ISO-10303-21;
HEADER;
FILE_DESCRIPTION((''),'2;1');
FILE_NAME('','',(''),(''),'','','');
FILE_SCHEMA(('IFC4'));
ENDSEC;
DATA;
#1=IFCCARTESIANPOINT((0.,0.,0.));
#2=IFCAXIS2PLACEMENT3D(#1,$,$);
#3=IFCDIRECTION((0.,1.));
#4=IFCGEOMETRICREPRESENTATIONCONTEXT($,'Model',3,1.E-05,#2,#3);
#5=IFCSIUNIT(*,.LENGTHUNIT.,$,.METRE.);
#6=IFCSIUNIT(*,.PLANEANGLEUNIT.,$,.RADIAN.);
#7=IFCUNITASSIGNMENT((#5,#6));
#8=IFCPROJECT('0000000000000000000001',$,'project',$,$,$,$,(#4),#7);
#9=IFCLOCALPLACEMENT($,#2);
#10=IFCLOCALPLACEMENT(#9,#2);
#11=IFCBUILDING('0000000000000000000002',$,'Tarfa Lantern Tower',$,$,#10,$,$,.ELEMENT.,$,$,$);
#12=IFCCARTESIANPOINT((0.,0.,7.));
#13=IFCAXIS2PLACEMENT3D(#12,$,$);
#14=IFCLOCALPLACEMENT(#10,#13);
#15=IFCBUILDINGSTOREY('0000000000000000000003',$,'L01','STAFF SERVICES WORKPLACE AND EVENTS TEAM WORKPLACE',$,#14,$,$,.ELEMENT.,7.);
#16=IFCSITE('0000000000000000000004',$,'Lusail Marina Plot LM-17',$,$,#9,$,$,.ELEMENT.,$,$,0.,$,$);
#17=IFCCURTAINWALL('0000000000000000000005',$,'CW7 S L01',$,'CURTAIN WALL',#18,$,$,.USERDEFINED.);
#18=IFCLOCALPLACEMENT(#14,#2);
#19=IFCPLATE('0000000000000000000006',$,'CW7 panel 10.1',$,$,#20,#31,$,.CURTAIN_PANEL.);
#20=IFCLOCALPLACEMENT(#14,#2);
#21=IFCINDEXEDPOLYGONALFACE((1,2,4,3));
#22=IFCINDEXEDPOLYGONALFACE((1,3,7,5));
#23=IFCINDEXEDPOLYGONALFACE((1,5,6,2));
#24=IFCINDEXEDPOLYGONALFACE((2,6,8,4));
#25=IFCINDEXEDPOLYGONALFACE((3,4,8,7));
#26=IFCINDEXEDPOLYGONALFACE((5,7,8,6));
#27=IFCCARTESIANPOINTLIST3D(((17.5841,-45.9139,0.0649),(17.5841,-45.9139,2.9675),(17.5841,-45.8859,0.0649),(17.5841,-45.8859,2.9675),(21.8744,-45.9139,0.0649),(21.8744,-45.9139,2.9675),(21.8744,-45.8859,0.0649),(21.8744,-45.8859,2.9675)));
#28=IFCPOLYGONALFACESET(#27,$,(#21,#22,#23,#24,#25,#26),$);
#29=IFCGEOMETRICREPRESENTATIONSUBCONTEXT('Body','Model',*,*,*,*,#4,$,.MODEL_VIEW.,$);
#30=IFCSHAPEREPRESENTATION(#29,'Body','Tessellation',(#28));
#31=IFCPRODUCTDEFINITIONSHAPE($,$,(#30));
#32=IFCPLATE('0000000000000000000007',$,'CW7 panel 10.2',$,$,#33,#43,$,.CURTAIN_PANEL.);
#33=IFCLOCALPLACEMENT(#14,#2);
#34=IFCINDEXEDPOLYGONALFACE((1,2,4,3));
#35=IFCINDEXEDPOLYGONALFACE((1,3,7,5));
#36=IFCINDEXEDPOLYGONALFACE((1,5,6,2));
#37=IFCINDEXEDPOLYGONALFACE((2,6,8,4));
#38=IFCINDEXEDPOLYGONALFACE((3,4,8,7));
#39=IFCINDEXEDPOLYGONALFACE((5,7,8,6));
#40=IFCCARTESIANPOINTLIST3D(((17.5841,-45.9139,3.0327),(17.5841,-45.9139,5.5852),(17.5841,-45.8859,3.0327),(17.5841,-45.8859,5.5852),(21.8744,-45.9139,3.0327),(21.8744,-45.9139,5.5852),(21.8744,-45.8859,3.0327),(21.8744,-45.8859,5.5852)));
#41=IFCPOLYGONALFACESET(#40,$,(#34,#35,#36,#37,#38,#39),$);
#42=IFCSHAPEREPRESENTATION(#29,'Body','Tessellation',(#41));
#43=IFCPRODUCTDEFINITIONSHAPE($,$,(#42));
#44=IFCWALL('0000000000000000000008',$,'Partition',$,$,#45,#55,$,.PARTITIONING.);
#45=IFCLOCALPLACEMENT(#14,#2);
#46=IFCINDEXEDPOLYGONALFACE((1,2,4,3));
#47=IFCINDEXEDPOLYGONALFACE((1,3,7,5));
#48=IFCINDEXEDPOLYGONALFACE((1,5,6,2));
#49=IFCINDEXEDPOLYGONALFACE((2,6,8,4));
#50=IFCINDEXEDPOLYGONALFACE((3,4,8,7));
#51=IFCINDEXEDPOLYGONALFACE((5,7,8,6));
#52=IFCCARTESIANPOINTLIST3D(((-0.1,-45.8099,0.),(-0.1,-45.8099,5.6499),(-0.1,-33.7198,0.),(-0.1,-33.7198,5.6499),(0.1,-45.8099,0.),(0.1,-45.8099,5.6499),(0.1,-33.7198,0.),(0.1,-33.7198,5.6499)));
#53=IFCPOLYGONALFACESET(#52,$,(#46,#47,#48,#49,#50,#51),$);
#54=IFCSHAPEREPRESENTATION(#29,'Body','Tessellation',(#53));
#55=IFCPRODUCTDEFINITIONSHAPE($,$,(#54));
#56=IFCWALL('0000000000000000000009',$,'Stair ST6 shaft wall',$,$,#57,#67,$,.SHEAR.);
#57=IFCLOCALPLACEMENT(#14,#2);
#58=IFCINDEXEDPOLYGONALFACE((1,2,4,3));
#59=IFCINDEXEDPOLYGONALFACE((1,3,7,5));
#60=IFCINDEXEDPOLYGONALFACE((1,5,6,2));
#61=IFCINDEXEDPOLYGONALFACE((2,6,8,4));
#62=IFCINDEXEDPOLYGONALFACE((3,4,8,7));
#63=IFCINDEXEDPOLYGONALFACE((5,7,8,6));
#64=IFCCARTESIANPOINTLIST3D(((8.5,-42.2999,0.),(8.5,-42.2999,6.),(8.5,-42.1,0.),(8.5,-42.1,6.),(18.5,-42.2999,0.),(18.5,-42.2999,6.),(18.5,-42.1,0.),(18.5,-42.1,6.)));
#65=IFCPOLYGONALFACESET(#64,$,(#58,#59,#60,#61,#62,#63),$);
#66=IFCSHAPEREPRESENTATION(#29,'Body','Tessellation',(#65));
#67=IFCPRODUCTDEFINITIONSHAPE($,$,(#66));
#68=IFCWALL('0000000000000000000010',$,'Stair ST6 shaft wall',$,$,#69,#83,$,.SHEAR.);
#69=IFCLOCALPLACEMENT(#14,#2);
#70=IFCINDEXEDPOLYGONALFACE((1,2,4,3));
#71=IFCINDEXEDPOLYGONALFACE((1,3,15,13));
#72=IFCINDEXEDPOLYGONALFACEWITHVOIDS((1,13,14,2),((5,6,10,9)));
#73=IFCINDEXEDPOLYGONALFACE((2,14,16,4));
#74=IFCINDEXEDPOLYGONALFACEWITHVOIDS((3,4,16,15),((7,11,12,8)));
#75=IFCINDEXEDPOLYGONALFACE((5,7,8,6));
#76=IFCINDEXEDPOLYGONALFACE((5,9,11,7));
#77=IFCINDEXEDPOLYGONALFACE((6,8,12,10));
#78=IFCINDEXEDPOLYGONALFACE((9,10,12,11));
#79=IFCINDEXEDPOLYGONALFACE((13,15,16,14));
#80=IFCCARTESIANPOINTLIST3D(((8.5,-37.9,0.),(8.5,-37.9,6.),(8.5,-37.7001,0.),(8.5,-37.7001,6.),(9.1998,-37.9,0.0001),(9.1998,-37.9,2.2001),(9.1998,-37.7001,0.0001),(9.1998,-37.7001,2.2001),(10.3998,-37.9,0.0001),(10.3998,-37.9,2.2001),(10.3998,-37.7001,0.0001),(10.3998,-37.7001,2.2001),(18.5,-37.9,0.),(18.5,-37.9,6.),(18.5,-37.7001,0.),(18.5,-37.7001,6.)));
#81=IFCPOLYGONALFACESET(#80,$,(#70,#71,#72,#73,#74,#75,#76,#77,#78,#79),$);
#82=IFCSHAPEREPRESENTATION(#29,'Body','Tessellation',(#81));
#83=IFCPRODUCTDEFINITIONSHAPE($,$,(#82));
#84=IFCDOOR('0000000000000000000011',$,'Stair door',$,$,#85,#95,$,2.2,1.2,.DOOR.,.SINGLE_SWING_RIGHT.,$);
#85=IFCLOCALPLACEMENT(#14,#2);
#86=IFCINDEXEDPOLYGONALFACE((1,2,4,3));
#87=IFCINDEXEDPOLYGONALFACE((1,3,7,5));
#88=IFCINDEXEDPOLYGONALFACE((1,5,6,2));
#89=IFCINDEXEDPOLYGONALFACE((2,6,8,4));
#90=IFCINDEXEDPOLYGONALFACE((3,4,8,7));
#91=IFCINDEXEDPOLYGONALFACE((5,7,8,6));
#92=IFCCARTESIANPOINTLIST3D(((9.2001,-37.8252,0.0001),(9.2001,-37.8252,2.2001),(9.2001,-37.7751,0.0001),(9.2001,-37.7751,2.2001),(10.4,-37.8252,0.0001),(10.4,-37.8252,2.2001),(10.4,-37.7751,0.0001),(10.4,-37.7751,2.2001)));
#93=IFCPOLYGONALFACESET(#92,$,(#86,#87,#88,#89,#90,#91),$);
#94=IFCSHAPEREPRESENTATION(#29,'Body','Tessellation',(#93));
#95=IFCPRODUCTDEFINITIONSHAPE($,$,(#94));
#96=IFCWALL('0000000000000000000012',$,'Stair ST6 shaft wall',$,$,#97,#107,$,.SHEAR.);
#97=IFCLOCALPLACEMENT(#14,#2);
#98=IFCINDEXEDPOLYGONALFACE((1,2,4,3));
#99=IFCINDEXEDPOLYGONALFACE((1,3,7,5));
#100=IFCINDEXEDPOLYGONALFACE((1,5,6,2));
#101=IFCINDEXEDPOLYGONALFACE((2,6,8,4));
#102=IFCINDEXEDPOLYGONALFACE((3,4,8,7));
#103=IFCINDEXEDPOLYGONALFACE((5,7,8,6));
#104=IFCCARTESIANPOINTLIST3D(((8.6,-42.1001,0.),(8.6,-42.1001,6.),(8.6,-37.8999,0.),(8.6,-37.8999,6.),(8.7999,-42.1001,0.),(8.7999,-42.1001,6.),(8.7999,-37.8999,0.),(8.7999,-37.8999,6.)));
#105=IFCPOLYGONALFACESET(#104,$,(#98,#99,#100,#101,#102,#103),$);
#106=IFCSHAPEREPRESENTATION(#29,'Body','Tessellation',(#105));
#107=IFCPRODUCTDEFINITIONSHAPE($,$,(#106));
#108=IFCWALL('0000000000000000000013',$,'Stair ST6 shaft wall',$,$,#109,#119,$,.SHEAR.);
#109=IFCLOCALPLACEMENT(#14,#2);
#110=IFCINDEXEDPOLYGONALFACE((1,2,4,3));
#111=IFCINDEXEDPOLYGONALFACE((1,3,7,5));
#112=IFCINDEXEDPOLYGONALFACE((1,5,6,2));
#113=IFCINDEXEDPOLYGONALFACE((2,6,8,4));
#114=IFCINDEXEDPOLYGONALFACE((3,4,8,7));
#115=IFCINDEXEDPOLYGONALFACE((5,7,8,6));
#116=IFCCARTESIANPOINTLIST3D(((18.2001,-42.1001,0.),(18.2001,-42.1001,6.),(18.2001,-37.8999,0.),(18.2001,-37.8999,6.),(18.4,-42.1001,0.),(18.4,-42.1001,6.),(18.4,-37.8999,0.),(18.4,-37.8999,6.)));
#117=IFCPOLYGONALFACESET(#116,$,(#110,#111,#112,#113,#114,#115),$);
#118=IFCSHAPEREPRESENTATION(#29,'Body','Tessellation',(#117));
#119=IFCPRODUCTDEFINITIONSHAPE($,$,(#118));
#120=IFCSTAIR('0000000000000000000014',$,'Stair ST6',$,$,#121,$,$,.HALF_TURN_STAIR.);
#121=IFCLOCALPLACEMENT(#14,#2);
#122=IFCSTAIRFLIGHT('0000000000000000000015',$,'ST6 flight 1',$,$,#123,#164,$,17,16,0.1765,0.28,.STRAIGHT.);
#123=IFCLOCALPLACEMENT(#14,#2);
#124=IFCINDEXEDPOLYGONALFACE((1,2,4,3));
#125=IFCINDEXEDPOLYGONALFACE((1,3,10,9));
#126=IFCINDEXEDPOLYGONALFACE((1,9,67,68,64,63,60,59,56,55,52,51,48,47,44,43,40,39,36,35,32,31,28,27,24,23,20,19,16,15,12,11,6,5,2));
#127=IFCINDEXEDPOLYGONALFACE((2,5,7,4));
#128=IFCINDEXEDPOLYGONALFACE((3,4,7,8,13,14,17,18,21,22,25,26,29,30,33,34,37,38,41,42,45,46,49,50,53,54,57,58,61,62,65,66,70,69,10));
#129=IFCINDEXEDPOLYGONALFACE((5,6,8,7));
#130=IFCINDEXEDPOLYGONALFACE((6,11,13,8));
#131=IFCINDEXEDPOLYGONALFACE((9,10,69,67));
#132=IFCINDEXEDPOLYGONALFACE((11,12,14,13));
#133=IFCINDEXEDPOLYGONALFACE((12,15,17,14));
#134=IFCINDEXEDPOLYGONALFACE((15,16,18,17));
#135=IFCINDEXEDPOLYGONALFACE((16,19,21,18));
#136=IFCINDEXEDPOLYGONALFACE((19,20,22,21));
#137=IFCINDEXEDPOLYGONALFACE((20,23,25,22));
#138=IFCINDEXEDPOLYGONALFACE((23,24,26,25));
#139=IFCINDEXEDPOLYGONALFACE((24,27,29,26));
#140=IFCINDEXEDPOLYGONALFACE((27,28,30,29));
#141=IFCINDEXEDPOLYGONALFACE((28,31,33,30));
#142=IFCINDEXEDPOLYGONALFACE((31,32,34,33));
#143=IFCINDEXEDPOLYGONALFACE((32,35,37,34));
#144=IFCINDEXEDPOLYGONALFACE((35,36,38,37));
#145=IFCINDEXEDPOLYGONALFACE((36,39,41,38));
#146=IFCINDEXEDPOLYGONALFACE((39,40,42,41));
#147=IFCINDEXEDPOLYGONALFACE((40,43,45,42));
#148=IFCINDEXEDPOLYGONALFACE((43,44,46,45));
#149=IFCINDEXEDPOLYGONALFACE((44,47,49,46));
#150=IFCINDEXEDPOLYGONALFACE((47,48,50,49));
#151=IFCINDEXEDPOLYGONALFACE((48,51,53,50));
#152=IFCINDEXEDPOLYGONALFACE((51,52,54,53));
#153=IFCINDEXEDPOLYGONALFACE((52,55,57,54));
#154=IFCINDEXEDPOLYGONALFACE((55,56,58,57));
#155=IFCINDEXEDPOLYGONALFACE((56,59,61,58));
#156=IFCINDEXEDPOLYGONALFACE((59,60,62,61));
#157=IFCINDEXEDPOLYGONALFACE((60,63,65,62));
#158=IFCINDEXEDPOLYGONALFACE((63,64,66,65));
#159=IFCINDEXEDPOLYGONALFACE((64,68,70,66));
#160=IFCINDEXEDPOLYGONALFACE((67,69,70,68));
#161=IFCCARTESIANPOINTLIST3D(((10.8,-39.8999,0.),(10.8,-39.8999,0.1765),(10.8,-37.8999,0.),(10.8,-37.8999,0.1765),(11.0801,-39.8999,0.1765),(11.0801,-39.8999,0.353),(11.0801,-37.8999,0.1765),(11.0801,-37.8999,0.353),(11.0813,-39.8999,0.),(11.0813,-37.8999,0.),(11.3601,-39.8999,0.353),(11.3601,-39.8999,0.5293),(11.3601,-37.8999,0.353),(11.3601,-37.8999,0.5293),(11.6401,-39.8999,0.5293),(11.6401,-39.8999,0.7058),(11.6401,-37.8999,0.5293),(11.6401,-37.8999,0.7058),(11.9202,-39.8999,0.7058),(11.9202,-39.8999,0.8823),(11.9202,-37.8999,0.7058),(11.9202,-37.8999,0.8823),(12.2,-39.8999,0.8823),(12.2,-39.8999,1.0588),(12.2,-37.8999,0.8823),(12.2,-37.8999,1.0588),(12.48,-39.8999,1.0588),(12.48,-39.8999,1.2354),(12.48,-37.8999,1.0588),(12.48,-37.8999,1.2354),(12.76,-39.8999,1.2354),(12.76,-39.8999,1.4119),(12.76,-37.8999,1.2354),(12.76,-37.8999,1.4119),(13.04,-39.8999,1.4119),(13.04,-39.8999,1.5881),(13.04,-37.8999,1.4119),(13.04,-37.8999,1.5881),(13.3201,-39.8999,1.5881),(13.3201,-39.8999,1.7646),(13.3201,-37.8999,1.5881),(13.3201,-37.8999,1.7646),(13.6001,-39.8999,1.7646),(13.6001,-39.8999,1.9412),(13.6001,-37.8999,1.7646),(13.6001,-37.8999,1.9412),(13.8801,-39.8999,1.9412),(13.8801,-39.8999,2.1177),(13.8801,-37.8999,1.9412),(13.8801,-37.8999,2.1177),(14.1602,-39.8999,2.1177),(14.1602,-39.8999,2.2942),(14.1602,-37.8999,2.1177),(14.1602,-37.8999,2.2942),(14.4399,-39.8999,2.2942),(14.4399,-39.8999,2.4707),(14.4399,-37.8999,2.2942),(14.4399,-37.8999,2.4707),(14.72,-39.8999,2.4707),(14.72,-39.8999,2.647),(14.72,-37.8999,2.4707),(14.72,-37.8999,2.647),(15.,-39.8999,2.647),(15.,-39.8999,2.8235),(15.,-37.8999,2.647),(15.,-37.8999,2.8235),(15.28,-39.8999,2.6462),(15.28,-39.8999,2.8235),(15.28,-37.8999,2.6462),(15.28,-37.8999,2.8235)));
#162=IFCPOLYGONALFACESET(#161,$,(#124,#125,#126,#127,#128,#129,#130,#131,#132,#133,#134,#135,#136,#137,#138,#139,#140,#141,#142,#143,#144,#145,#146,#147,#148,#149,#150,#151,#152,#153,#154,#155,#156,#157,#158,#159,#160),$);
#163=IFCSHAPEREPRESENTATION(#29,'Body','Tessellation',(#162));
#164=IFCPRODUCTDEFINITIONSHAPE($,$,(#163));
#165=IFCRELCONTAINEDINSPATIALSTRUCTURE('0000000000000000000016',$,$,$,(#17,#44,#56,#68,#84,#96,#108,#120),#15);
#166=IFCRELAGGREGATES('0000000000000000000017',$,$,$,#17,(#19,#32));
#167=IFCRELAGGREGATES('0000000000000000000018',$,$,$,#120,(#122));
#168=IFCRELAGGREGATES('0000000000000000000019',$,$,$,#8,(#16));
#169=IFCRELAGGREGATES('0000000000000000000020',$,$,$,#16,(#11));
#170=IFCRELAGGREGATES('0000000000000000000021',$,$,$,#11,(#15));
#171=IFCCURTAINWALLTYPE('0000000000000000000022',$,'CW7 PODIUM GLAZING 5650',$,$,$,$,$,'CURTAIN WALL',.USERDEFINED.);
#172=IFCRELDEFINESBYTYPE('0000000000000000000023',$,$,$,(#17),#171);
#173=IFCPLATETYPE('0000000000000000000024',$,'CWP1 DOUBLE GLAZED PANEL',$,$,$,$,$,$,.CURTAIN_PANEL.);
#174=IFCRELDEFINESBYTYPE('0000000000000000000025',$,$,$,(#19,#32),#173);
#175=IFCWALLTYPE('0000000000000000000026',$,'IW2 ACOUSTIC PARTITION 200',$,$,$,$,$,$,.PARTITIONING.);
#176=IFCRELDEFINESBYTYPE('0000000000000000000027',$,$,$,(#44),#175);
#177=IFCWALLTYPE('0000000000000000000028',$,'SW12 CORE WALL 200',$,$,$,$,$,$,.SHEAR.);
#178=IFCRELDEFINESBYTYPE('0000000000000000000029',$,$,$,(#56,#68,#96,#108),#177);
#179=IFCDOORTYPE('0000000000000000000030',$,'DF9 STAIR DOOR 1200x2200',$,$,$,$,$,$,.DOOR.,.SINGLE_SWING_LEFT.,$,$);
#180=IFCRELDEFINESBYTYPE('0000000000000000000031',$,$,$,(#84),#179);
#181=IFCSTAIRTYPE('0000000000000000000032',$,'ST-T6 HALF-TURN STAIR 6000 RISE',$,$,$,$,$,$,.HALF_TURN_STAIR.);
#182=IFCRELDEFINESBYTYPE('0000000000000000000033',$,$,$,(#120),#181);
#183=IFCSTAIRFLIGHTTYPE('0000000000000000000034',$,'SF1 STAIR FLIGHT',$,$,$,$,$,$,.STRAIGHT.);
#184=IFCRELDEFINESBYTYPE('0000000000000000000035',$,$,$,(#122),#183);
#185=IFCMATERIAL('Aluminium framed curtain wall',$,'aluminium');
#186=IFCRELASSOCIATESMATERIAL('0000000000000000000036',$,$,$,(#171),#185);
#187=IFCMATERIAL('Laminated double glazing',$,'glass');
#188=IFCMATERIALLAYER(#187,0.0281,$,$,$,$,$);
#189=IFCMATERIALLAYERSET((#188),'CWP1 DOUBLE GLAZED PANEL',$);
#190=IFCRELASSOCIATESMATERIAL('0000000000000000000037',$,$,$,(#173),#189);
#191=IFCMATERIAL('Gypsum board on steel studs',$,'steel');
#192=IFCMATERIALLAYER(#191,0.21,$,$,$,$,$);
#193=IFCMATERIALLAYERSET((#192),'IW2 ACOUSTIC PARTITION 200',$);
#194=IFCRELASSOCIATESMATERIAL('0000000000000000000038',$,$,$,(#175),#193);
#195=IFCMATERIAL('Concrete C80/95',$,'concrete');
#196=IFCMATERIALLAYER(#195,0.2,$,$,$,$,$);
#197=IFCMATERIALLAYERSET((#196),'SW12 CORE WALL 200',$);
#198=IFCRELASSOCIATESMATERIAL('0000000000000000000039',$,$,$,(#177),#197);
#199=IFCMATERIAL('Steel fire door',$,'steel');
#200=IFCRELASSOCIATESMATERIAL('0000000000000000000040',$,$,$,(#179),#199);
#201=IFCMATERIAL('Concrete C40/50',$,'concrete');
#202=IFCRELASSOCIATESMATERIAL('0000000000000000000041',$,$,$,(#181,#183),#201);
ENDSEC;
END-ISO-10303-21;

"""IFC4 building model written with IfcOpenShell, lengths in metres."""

from ifc_helpers import new_model, si_unit, direction, frame, frame_2d, origin, origin_2d, place, context, subcontext, project, spatial, polyline, rectangle, outline, extrude, material, layer, layer_set, type_object, element, fill, aggregate, save


model = new_model("IFC4")

# Units and contexts
model_context = context("Model", 3, precision=1e-05, world=origin(), true_north=direction((0.0, 1.0)))
body_context = subcontext(model_context, "Body", "Model", "MODEL_VIEW")
ifc_project = project(units=[si_unit("LENGTHUNIT", "METRE"), si_unit("PLANEANGLEUNIT", "RADIAN")], contexts=[model_context])

# Site, building, storey
site_placement = place(None, origin())
site = spatial("IfcSite", under=ifc_project, at=site_placement, Name="Lusail Marina Plot LM-17", CompositionType="ELEMENT", RefElevation=0.0)
building_placement = place(site_placement, origin())
building = spatial("IfcBuilding", under=site, at=building_placement, Name="Tarfa Lantern Tower", CompositionType="ELEMENT")
storey_placement = place(building_placement, frame((0.0, 0.0, 7.0)))
storey = spatial("IfcBuildingStorey", under=building, at=storey_placement, Name="L01", Description="STAFF SERVICES WORKPLACE AND EVENTS TEAM WORKPLACE", CompositionType="ELEMENT", Elevation=7.0)

# Shared definitions
ifc_material_1 = material(Name="Concrete C80/95", Category="concrete")

# Curtain wall
ifc_material_2 = material(Name="Aluminium framed curtain wall", Category="aluminium")
curtain_wall_type = type_object("IfcCurtainWallType", Name="CW7 PODIUM GLAZING 5650", ElementType="CURTAIN WALL", PredefinedType="USERDEFINED", material=ifc_material_2)
curtain_wall_placement = place(storey_placement, origin())
curtain_wall = element("IfcCurtainWall", 1, at=curtain_wall_placement, inside=storey, type_object=curtain_wall_type, Name="CW7 S L01", ObjectType="CURTAIN WALL", PredefinedType="USERDEFINED")

# Plates
ifc_material_3 = material(Name="Laminated double glazing", Category="glass")
ifc_layer_1 = layer(ifc_material_3, 0.0281)
ifc_layer_set_1 = layer_set([ifc_layer_1], Name="CWP1 DOUBLE GLAZED PANEL")
plate_type = type_object("IfcPlateType", Name="CWP1 DOUBLE GLAZED PANEL", PredefinedType="CURTAIN_PANEL", material=ifc_layer_set_1)
plate_1_placement = place(storey_placement, frame((19.7292, -45.8999, 0.0649), z_axis=(0.0, 0.0, 1.0), x_axis=(1.0, 0.0, 0.0)))
plate_1 = element("IfcPlate", 2, at=plate_1_placement, type_object=plate_type, Name="CW7 panel 10.1", PredefinedType="CURTAIN_PANEL", context=body_context, shape_type="SweptSolid", body=[
    extrude(rectangle(XDim=4.2903, YDim=0.0281, at=origin_2d()), origin(), (0.0, 0.0, 1.0), 2.9026),
])
plate_2_placement = place(storey_placement, frame((19.7292, -45.8999, 3.0327), z_axis=(0.0, 0.0, 1.0), x_axis=(1.0, 0.0, 0.0)))
plate_2 = element("IfcPlate", 3, at=plate_2_placement, type_object=plate_type, Name="CW7 panel 10.2", PredefinedType="CURTAIN_PANEL", context=body_context, shape_type="SweptSolid", body=[
    extrude(rectangle(XDim=4.2903, YDim=0.0281, at=origin_2d()), origin(), (0.0, 0.0, 1.0), 2.5525),
])
aggregate(curtain_wall, [plate_1, plate_2])

# Walls
ifc_material_4 = material(Name="Gypsum board on steel studs", Category="steel")
ifc_layer_2 = layer(ifc_material_4, 0.21)
ifc_layer_set_2 = layer_set([ifc_layer_2], Name="IW2 ACOUSTIC PARTITION 200")
wall_type_1 = type_object("IfcWallType", Name="IW2 ACOUSTIC PARTITION 200", PredefinedType="PARTITIONING", material=ifc_layer_set_2)
wall_1_placement = place(storey_placement, frame((0.0, -33.72, 0.0), z_axis=(0.0, 0.0, 1.0), x_axis=(0.0, -1.0, 0.0)))
element("IfcWall", 4, at=wall_1_placement, inside=storey, type_object=wall_type_1, Name="Partition", PredefinedType="PARTITIONING", context=body_context, shape_type="SweptSolid", body=[
    extrude(rectangle(XDim=12.0901, YDim=0.2, at=frame_2d((6.0449, 0.0))), origin(), (0.0, 0.0, 1.0), 5.6499),
])
ifc_layer_3 = layer(ifc_material_1, 0.2)
ifc_layer_set_3 = layer_set([ifc_layer_3], Name="SW12 CORE WALL 200")
wall_type_2 = type_object("IfcWallType", Name="SW12 CORE WALL 200", PredefinedType="SHEAR", material=ifc_layer_set_3)
wall_2_placement = place(storey_placement, frame((8.5, -42.2, 0.0), z_axis=(0.0, 0.0, 1.0), x_axis=(1.0, 0.0, 0.0)))
element("IfcWall", 5, at=wall_2_placement, inside=storey, type_object=wall_type_2, Name="Stair ST6 shaft wall", PredefinedType="SHEAR", context=body_context, shape_type="SweptSolid", body=[
    extrude(rectangle(XDim=10.0, YDim=0.2, at=frame_2d((5.0, 0.0))), origin(), (0.0, 0.0, 1.0), 6.0),
])

# Wall, opening, door
wall_3_placement = place(storey_placement, frame((18.5, -37.8, 0.0), z_axis=(0.0, 0.0, 1.0), x_axis=(-1.0, 0.0, 0.0)))
wall_3 = element("IfcWall", 6, at=wall_3_placement, inside=storey, type_object=wall_type_2, Name="Stair ST6 shaft wall", PredefinedType="SHEAR", context=body_context, shape_type="SweptSolid", body=[
    extrude(rectangle(XDim=10.0, YDim=0.2, at=frame_2d((5.0, 0.0))), origin(), (0.0, 0.0, 1.0), 6.0),
])
opening_placement = place(wall_3_placement, frame((8.1001, 0.0, 0.0)))
opening = element("IfcOpeningElement", 7, at=opening_placement, cuts=wall_3, PredefinedType="OPENING", context=body_context, shape_type="SweptSolid", body=[
    extrude(rectangle(XDim=1.2, YDim=2.2, at=frame_2d((0.6001, 1.1001))), frame((0.0, 0.1099, 0.0), z_axis=(0.0, -1.0, 0.0), x_axis=(1.0, 0.0, 0.0)), (0.0, 0.0, 1.0), 0.22),
])
ifc_material_5 = material(Name="Steel fire door", Category="steel")
door_type = type_object("IfcDoorType", Name="DF9 STAIR DOOR 1200x2200", OperationType="SINGLE_SWING_LEFT", PredefinedType="DOOR", material=ifc_material_5)
door_placement = place(opening_placement, frame((1.2, 0.0, 0.0), z_axis=(0.0, 0.0, 1.0), x_axis=(-1.0, 0.0, 0.0)))
door = element("IfcDoor", 8, at=door_placement, inside=storey, type_object=door_type, Name="Stair door", OperationType="SINGLE_SWING_RIGHT", OverallHeight=2.2, OverallWidth=1.2, PredefinedType="DOOR", context=body_context, shape_type="SweptSolid", body=[
    extrude(rectangle(XDim=1.2, YDim=2.2, at=frame_2d((0.6001, 1.1001))), frame((0.0, 0.0249, 0.0), z_axis=(0.0, -1.0, 0.0), x_axis=(1.0, 0.0, 0.0)), (0.0, 0.0, 1.0), 0.05),
])
fill(opening, door)

# Walls
for number, where, z_axis, x_axis, name in (
    (9, (8.7, -37.8999, 0.0), (0.0, 0.0, 1.0), (0.0, -1.0, 0.0), "Stair ST6 shaft wall"),
    (10, (18.3, -42.1001, 0.0), (0.0, 0.0, 1.0), (0.0, 1.0, 0.0), "Stair ST6 shaft wall"),
):
    element("IfcWall", number, at=place(storey_placement, frame(where, z_axis=z_axis, x_axis=x_axis)), inside=storey, type_object=wall_type_2, Name=name, PredefinedType="SHEAR", context=body_context, shape_type="SweptSolid", body=[
        extrude(rectangle(XDim=4.2002, YDim=0.2, at=frame_2d((2.1001, 0.0))), origin(), (0.0, 0.0, 1.0), 6.0),
    ])

# Stair, stair flight
ifc_material_6 = material(Name="Concrete C40/50", Category="concrete")
stair_type = type_object("IfcStairType", Name="ST-T6 HALF-TURN STAIR 6000 RISE", PredefinedType="HALF_TURN_STAIR", material=ifc_material_6)
stair_placement = place(storey_placement, origin())
stair = element("IfcStair", 11, at=stair_placement, inside=storey, type_object=stair_type, Name="Stair ST6", PredefinedType="HALF_TURN_STAIR")
stair_flight_type = type_object("IfcStairFlightType", Name="SF1 STAIR FLIGHT", PredefinedType="STRAIGHT", material=ifc_material_6)
stair_flight_1_placement = place(storey_placement, frame((10.8, -38.8999, 0.0), z_axis=(0.0, 0.0, 1.0), x_axis=(1.0, 0.0, 0.0)))
stair_flight_1 = element("IfcStairFlight", 12, at=stair_flight_1_placement, type_object=stair_flight_type, Name="ST6 flight 1", NumberOfRisers=17, NumberOfTreads=16, PredefinedType="STRAIGHT", RiserHeight=0.1765, TreadLength=0.28, context=body_context, shape_type="SweptSolid", body=[
    extrude(outline(polyline([(0.0, 0.0), (0.0, 0.1765), (0.28, 0.1765), (0.28, 0.353), (0.5601, 0.353), (0.5601, 0.5293), (0.8401, 0.5293), (0.8401, 0.7058), (1.1201, 0.7058), (1.1201, 0.8823), (1.3999, 0.8823), (1.3999, 1.0588), (1.6799, 1.0588), (1.6799, 1.2354), (1.96, 1.2354), (1.96, 1.4119), (2.24, 1.4119), (2.24, 1.5881), (2.52, 1.5881), (2.52, 1.7646), (2.8, 1.7646), (2.8, 1.9412), (3.0801, 1.9412), (3.0801, 2.1177), (3.3601, 2.1177), (3.3601, 2.2942), (3.6399, 2.2942), (3.6399, 2.4707), (3.9199, 2.4707), (3.9199, 2.647), (4.2, 2.647), (4.2, 2.8235), (4.48, 2.8235), (4.48, 3.0), (4.48, 2.6462), (0.2812, 0.0), (0.0, 0.0)])), frame((0.0, 1.0, 0.0), z_axis=(0.0, -1.0, 0.0), x_axis=(1.0, 0.0, 0.0)), (0.0, 0.0, 1.0), 2.0),
])
aggregate(stair, [stair_flight_1])

save(model, "model.ifc")
